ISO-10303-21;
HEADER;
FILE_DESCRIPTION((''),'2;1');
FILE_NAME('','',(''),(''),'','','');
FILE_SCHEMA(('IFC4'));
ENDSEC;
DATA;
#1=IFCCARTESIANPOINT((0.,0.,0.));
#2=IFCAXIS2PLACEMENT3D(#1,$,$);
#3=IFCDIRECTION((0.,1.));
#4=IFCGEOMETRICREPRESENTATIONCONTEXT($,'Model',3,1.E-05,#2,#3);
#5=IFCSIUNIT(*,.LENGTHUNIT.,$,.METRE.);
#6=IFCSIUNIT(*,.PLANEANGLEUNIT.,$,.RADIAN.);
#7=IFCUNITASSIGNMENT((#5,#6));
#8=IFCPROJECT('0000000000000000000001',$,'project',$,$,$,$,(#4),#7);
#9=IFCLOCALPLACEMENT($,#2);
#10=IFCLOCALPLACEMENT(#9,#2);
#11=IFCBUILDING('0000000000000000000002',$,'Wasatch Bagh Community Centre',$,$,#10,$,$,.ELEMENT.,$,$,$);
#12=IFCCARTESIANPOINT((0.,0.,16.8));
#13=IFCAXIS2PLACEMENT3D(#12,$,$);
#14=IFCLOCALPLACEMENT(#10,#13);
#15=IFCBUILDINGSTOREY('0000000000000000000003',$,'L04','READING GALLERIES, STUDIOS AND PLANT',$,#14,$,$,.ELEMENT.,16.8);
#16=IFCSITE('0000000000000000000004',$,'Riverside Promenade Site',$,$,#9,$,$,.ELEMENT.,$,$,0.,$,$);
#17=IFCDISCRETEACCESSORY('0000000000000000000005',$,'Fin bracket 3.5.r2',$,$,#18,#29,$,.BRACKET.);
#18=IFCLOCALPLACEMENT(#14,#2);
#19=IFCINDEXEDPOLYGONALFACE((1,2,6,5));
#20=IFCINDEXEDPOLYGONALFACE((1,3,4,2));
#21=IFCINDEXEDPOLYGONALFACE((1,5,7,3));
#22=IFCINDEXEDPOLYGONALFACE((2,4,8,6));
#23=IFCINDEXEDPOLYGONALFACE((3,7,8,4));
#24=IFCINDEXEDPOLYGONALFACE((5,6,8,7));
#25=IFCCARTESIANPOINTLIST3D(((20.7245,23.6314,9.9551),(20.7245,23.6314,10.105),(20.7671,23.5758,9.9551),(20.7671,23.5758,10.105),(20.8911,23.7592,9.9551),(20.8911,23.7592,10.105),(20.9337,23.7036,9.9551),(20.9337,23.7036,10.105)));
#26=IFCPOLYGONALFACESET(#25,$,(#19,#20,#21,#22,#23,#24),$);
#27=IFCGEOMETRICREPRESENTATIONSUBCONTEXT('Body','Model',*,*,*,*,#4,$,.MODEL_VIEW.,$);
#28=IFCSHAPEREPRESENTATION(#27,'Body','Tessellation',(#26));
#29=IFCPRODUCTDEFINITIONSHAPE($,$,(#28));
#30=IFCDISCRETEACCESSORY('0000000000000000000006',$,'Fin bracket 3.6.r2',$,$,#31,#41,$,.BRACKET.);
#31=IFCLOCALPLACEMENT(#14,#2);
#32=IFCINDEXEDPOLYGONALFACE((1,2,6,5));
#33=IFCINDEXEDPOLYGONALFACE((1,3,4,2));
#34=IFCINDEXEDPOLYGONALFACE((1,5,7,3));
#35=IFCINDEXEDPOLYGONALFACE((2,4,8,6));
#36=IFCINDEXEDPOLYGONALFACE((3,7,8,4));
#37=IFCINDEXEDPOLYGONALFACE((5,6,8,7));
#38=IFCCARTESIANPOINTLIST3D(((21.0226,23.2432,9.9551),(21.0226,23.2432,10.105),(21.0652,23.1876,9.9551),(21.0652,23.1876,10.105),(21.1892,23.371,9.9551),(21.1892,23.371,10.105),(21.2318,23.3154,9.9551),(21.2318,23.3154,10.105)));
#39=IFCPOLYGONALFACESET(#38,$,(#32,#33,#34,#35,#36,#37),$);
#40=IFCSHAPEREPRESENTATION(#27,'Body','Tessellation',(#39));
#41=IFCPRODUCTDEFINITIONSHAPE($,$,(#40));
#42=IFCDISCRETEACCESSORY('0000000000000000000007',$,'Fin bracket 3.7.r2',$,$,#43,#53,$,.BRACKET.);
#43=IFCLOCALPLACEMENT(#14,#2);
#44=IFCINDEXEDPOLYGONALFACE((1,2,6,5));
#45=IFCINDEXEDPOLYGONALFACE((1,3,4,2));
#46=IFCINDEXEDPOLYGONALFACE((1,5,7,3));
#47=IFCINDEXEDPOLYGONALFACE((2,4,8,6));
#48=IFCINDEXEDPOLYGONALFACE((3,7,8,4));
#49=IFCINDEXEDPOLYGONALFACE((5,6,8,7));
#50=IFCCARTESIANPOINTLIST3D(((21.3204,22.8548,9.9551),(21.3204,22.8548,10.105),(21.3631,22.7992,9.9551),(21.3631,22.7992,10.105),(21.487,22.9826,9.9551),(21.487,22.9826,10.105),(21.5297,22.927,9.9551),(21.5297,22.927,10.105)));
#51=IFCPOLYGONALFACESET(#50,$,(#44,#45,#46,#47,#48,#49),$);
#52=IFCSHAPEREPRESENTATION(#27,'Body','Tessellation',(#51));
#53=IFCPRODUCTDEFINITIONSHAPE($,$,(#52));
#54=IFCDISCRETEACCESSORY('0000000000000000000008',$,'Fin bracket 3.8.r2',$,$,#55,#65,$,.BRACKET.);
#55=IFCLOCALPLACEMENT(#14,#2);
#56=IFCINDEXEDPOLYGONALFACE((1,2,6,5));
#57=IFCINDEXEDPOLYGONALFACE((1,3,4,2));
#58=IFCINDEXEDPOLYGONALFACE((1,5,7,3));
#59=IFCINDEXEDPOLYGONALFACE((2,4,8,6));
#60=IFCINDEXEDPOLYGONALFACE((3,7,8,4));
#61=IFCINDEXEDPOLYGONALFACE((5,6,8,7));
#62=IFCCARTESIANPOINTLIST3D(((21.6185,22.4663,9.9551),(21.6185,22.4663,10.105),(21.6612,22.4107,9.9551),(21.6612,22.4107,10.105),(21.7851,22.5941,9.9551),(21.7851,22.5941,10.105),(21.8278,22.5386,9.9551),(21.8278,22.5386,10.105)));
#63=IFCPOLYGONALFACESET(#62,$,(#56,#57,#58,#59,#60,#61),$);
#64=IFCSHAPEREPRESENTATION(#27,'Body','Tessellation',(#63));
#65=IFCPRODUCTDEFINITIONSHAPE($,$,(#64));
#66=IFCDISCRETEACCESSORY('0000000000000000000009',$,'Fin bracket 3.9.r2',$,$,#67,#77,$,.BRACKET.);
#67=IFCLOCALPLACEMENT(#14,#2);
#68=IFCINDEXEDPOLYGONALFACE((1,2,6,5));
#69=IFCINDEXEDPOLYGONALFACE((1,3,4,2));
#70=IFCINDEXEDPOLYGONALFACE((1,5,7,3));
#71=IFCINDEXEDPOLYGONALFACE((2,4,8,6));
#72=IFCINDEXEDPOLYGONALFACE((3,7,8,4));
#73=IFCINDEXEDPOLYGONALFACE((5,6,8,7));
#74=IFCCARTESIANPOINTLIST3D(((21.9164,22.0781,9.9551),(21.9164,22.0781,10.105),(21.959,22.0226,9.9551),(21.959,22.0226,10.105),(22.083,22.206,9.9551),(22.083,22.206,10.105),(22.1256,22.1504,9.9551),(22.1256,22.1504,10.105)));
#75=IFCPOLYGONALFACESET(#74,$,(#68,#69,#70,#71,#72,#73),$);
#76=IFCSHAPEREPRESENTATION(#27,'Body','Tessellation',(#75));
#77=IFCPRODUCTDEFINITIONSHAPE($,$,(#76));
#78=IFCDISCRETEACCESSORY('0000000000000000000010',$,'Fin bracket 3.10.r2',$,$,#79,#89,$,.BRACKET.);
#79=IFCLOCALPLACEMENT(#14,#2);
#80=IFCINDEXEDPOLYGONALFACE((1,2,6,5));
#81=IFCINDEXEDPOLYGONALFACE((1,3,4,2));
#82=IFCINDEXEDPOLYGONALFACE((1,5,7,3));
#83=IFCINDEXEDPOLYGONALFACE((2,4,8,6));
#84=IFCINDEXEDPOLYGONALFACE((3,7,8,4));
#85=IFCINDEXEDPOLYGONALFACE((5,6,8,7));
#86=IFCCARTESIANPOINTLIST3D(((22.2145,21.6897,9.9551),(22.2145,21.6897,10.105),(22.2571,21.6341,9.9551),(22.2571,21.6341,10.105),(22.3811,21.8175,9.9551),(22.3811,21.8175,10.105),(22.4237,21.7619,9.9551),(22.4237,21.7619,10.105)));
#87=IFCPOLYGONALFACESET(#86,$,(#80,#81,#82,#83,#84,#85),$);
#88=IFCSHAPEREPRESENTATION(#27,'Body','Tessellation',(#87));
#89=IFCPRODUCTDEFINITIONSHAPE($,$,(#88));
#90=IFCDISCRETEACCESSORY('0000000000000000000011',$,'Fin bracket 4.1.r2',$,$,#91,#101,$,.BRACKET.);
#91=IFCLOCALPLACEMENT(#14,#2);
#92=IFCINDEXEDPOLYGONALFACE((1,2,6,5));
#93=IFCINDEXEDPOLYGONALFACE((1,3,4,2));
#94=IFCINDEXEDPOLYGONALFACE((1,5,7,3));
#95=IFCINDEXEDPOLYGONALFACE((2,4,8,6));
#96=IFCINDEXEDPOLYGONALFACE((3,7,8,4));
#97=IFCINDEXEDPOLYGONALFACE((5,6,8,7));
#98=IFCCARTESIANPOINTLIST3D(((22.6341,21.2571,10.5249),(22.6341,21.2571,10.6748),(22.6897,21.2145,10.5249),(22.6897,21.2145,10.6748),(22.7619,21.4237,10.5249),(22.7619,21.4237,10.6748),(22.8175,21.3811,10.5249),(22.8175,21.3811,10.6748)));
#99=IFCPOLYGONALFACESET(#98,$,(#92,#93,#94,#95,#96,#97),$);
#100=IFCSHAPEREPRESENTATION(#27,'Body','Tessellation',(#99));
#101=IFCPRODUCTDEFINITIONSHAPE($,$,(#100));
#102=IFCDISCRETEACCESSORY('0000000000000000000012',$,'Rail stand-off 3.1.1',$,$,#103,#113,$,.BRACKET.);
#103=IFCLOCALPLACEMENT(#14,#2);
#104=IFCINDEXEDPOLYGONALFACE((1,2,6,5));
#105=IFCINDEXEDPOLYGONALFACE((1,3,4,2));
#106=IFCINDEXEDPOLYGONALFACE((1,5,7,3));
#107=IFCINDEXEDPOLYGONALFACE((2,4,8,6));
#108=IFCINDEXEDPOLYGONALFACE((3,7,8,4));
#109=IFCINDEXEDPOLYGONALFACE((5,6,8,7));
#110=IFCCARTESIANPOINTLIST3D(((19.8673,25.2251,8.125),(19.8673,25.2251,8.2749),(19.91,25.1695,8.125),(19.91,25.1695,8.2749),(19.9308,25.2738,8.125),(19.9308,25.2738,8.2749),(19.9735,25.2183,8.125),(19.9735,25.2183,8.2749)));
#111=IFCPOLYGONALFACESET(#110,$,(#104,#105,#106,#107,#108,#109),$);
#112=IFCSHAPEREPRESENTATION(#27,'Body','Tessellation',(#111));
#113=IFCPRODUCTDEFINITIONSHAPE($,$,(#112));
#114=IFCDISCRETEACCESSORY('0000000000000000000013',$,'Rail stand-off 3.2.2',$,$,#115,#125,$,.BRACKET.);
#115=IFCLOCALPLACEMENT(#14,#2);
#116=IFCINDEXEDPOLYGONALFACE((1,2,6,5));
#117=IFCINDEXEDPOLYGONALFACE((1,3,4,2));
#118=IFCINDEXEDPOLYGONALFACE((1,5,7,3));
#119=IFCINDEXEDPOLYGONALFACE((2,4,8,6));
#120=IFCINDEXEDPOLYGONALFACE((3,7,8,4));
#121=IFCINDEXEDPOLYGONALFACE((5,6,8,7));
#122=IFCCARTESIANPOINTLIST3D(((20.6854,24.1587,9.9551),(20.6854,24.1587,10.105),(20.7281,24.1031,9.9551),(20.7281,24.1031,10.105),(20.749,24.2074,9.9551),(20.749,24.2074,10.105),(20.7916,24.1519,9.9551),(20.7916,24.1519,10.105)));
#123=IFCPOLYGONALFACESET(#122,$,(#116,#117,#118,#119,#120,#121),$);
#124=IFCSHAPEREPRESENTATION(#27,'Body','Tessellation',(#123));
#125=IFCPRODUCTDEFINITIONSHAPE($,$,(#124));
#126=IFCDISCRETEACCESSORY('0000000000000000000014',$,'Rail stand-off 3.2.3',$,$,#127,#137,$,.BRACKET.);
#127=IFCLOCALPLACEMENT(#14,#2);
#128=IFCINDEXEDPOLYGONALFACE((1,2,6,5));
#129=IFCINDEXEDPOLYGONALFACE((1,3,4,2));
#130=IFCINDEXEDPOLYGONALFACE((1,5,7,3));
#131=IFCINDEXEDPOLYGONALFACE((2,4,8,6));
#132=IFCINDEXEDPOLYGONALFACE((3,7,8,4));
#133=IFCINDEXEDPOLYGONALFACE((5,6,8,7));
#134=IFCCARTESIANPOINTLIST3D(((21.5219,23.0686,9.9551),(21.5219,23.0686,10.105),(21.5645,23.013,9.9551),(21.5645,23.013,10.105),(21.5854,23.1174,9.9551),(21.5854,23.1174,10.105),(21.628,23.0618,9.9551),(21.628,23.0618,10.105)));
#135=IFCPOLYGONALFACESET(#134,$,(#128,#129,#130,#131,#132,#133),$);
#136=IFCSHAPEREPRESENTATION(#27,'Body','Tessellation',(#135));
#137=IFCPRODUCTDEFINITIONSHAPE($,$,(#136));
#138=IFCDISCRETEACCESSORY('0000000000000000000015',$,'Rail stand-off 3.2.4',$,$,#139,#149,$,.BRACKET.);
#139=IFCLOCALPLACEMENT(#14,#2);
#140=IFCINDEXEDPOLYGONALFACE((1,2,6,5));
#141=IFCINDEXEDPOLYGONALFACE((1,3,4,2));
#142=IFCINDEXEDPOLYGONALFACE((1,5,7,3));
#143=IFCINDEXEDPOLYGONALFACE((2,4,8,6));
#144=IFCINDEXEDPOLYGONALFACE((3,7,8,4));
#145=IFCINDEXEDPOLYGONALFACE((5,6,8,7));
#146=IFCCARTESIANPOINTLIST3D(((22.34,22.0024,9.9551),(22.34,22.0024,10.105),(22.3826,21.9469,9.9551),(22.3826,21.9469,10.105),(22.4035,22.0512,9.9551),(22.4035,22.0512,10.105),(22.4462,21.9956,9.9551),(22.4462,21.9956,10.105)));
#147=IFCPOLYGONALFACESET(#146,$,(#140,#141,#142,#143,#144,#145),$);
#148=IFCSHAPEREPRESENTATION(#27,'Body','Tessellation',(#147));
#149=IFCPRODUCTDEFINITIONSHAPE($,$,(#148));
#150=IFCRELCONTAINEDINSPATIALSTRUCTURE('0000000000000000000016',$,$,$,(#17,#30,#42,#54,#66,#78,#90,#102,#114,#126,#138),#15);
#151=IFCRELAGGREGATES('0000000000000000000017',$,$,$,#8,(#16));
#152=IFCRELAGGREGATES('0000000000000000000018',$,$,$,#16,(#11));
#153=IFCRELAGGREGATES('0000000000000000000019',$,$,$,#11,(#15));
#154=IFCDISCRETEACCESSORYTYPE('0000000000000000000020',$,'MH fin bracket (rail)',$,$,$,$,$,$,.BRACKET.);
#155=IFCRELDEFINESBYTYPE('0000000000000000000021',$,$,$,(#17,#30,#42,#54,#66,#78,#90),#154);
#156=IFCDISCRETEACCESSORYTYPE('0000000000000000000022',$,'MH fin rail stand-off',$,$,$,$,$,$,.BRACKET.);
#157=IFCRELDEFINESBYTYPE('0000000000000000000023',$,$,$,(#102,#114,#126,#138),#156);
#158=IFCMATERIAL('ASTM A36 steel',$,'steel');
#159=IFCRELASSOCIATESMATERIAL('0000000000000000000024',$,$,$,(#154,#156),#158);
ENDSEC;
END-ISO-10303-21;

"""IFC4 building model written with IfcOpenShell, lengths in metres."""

from ifc_helpers import new_model, si_unit, direction, frame, origin, origin_2d, place, context, subcontext, project, spatial, rectangle, extrude, material, type_object, element, save


model = new_model("IFC4")

# Units and contexts
model_context = context("Model", 3, precision=1e-05, world=origin(), true_north=direction((0.0, 1.0)))
body_context = subcontext(model_context, "Body", "Model", "MODEL_VIEW")
ifc_project = project(units=[si_unit("LENGTHUNIT", "METRE"), si_unit("PLANEANGLEUNIT", "RADIAN")], contexts=[model_context])

# Site, building, storey
site_placement = place(None, origin())
site = spatial("IfcSite", under=ifc_project, at=site_placement, Name="Riverside Promenade Site", CompositionType="ELEMENT", RefElevation=0.0)
building_placement = place(site_placement, origin())
building = spatial("IfcBuilding", under=site, at=building_placement, Name="Wasatch Bagh Community Centre", CompositionType="ELEMENT")
storey_placement = place(building_placement, frame((0.0, 0.0, 16.8)))
storey = spatial("IfcBuildingStorey", under=building, at=storey_placement, Name="L04", Description="READING GALLERIES, STUDIOS AND PLANT", CompositionType="ELEMENT", Elevation=16.8)

# Discrete accessories
ifc_material_1 = material(Name="ASTM A36 steel", Category="steel")
discrete_accessory_type_1 = type_object("IfcDiscreteAccessoryType", Name="MH fin bracket (rail)", PredefinedType="BRACKET", material=ifc_material_1)
for number, where, z_axis, x_axis, name in (
    (1, (20.8291, 23.6675, 9.9551), (0.0, 0.0, 1.0), (0.608761, -0.793353, 0.0), "Fin bracket 3.5.r2"),
    (2, (21.1272, 23.2793, 9.9551), (0.0, 0.0, 1.0), (0.608761, -0.793353, 0.0), "Fin bracket 3.6.r2"),
    (3, (21.425, 22.8909, 9.9551), (0.0, 0.0, 1.0), (0.608761, -0.793353, 0.0), "Fin bracket 3.7.r2"),
    (4, (21.7231, 22.5024, 9.9551), (0.0, 0.0, 1.0), (0.608761, -0.793353, 0.0), "Fin bracket 3.8.r2"),
    (5, (22.021, 22.1143, 9.9551), (0.0, 0.0, 1.0), (0.608761, -0.793353, 0.0), "Fin bracket 3.9.r2"),
    (6, (22.3191, 21.7258, 9.9551), (0.0, 0.0, 1.0), (0.608761, -0.793353, 0.0), "Fin bracket 3.10.r2"),
    (7, (22.7258, 21.3191, 10.5249), (0.0, 0.0, 1.0), (0.793353, -0.608761, 0.0), "Fin bracket 4.1.r2"),
):
    element("IfcDiscreteAccessory", number, at=place(storey_placement, frame(where, z_axis=z_axis, x_axis=x_axis)), inside=storey, type_object=discrete_accessory_type_1, Name=name, PredefinedType="BRACKET", context=body_context, shape_type="SweptSolid", body=[
        extrude(rectangle(XDim=0.0701, YDim=0.21, at=origin_2d()), origin(), (0.0, 0.0, 1.0), 0.1499),
    ])
discrete_accessory_type_2 = type_object("IfcDiscreteAccessoryType", Name="MH fin rail stand-off", PredefinedType="BRACKET", material=ifc_material_1)
for number, where, z_axis, x_axis, name in (
    (8, (19.9204, 25.2217, 8.125), (0.0, 0.0, 1.0), (0.608761, -0.793353, 0.0), "Rail stand-off 3.1.1"),
    (9, (20.7385, 24.1553, 9.9551), (0.0, 0.0, 1.0), (0.608761, -0.793353, 0.0), "Rail stand-off 3.2.2"),
    (10, (21.575, 23.0652, 9.9551), (0.0, 0.0, 1.0), (0.608761, -0.793353, 0.0), "Rail stand-off 3.2.3"),
    (11, (22.3931, 21.999, 9.9551), (0.0, 0.0, 1.0), (0.608761, -0.793353, 0.0), "Rail stand-off 3.2.4"),
):
    element("IfcDiscreteAccessory", number, at=place(storey_placement, frame(where, z_axis=z_axis, x_axis=x_axis)), inside=storey, type_object=discrete_accessory_type_2, Name=name, PredefinedType="BRACKET", context=body_context, shape_type="SweptSolid", body=[
        extrude(rectangle(XDim=0.0701, YDim=0.0801, at=origin_2d()), origin(), (0.0, 0.0, 1.0), 0.1499),
    ])

save(model, "model.ifc")
